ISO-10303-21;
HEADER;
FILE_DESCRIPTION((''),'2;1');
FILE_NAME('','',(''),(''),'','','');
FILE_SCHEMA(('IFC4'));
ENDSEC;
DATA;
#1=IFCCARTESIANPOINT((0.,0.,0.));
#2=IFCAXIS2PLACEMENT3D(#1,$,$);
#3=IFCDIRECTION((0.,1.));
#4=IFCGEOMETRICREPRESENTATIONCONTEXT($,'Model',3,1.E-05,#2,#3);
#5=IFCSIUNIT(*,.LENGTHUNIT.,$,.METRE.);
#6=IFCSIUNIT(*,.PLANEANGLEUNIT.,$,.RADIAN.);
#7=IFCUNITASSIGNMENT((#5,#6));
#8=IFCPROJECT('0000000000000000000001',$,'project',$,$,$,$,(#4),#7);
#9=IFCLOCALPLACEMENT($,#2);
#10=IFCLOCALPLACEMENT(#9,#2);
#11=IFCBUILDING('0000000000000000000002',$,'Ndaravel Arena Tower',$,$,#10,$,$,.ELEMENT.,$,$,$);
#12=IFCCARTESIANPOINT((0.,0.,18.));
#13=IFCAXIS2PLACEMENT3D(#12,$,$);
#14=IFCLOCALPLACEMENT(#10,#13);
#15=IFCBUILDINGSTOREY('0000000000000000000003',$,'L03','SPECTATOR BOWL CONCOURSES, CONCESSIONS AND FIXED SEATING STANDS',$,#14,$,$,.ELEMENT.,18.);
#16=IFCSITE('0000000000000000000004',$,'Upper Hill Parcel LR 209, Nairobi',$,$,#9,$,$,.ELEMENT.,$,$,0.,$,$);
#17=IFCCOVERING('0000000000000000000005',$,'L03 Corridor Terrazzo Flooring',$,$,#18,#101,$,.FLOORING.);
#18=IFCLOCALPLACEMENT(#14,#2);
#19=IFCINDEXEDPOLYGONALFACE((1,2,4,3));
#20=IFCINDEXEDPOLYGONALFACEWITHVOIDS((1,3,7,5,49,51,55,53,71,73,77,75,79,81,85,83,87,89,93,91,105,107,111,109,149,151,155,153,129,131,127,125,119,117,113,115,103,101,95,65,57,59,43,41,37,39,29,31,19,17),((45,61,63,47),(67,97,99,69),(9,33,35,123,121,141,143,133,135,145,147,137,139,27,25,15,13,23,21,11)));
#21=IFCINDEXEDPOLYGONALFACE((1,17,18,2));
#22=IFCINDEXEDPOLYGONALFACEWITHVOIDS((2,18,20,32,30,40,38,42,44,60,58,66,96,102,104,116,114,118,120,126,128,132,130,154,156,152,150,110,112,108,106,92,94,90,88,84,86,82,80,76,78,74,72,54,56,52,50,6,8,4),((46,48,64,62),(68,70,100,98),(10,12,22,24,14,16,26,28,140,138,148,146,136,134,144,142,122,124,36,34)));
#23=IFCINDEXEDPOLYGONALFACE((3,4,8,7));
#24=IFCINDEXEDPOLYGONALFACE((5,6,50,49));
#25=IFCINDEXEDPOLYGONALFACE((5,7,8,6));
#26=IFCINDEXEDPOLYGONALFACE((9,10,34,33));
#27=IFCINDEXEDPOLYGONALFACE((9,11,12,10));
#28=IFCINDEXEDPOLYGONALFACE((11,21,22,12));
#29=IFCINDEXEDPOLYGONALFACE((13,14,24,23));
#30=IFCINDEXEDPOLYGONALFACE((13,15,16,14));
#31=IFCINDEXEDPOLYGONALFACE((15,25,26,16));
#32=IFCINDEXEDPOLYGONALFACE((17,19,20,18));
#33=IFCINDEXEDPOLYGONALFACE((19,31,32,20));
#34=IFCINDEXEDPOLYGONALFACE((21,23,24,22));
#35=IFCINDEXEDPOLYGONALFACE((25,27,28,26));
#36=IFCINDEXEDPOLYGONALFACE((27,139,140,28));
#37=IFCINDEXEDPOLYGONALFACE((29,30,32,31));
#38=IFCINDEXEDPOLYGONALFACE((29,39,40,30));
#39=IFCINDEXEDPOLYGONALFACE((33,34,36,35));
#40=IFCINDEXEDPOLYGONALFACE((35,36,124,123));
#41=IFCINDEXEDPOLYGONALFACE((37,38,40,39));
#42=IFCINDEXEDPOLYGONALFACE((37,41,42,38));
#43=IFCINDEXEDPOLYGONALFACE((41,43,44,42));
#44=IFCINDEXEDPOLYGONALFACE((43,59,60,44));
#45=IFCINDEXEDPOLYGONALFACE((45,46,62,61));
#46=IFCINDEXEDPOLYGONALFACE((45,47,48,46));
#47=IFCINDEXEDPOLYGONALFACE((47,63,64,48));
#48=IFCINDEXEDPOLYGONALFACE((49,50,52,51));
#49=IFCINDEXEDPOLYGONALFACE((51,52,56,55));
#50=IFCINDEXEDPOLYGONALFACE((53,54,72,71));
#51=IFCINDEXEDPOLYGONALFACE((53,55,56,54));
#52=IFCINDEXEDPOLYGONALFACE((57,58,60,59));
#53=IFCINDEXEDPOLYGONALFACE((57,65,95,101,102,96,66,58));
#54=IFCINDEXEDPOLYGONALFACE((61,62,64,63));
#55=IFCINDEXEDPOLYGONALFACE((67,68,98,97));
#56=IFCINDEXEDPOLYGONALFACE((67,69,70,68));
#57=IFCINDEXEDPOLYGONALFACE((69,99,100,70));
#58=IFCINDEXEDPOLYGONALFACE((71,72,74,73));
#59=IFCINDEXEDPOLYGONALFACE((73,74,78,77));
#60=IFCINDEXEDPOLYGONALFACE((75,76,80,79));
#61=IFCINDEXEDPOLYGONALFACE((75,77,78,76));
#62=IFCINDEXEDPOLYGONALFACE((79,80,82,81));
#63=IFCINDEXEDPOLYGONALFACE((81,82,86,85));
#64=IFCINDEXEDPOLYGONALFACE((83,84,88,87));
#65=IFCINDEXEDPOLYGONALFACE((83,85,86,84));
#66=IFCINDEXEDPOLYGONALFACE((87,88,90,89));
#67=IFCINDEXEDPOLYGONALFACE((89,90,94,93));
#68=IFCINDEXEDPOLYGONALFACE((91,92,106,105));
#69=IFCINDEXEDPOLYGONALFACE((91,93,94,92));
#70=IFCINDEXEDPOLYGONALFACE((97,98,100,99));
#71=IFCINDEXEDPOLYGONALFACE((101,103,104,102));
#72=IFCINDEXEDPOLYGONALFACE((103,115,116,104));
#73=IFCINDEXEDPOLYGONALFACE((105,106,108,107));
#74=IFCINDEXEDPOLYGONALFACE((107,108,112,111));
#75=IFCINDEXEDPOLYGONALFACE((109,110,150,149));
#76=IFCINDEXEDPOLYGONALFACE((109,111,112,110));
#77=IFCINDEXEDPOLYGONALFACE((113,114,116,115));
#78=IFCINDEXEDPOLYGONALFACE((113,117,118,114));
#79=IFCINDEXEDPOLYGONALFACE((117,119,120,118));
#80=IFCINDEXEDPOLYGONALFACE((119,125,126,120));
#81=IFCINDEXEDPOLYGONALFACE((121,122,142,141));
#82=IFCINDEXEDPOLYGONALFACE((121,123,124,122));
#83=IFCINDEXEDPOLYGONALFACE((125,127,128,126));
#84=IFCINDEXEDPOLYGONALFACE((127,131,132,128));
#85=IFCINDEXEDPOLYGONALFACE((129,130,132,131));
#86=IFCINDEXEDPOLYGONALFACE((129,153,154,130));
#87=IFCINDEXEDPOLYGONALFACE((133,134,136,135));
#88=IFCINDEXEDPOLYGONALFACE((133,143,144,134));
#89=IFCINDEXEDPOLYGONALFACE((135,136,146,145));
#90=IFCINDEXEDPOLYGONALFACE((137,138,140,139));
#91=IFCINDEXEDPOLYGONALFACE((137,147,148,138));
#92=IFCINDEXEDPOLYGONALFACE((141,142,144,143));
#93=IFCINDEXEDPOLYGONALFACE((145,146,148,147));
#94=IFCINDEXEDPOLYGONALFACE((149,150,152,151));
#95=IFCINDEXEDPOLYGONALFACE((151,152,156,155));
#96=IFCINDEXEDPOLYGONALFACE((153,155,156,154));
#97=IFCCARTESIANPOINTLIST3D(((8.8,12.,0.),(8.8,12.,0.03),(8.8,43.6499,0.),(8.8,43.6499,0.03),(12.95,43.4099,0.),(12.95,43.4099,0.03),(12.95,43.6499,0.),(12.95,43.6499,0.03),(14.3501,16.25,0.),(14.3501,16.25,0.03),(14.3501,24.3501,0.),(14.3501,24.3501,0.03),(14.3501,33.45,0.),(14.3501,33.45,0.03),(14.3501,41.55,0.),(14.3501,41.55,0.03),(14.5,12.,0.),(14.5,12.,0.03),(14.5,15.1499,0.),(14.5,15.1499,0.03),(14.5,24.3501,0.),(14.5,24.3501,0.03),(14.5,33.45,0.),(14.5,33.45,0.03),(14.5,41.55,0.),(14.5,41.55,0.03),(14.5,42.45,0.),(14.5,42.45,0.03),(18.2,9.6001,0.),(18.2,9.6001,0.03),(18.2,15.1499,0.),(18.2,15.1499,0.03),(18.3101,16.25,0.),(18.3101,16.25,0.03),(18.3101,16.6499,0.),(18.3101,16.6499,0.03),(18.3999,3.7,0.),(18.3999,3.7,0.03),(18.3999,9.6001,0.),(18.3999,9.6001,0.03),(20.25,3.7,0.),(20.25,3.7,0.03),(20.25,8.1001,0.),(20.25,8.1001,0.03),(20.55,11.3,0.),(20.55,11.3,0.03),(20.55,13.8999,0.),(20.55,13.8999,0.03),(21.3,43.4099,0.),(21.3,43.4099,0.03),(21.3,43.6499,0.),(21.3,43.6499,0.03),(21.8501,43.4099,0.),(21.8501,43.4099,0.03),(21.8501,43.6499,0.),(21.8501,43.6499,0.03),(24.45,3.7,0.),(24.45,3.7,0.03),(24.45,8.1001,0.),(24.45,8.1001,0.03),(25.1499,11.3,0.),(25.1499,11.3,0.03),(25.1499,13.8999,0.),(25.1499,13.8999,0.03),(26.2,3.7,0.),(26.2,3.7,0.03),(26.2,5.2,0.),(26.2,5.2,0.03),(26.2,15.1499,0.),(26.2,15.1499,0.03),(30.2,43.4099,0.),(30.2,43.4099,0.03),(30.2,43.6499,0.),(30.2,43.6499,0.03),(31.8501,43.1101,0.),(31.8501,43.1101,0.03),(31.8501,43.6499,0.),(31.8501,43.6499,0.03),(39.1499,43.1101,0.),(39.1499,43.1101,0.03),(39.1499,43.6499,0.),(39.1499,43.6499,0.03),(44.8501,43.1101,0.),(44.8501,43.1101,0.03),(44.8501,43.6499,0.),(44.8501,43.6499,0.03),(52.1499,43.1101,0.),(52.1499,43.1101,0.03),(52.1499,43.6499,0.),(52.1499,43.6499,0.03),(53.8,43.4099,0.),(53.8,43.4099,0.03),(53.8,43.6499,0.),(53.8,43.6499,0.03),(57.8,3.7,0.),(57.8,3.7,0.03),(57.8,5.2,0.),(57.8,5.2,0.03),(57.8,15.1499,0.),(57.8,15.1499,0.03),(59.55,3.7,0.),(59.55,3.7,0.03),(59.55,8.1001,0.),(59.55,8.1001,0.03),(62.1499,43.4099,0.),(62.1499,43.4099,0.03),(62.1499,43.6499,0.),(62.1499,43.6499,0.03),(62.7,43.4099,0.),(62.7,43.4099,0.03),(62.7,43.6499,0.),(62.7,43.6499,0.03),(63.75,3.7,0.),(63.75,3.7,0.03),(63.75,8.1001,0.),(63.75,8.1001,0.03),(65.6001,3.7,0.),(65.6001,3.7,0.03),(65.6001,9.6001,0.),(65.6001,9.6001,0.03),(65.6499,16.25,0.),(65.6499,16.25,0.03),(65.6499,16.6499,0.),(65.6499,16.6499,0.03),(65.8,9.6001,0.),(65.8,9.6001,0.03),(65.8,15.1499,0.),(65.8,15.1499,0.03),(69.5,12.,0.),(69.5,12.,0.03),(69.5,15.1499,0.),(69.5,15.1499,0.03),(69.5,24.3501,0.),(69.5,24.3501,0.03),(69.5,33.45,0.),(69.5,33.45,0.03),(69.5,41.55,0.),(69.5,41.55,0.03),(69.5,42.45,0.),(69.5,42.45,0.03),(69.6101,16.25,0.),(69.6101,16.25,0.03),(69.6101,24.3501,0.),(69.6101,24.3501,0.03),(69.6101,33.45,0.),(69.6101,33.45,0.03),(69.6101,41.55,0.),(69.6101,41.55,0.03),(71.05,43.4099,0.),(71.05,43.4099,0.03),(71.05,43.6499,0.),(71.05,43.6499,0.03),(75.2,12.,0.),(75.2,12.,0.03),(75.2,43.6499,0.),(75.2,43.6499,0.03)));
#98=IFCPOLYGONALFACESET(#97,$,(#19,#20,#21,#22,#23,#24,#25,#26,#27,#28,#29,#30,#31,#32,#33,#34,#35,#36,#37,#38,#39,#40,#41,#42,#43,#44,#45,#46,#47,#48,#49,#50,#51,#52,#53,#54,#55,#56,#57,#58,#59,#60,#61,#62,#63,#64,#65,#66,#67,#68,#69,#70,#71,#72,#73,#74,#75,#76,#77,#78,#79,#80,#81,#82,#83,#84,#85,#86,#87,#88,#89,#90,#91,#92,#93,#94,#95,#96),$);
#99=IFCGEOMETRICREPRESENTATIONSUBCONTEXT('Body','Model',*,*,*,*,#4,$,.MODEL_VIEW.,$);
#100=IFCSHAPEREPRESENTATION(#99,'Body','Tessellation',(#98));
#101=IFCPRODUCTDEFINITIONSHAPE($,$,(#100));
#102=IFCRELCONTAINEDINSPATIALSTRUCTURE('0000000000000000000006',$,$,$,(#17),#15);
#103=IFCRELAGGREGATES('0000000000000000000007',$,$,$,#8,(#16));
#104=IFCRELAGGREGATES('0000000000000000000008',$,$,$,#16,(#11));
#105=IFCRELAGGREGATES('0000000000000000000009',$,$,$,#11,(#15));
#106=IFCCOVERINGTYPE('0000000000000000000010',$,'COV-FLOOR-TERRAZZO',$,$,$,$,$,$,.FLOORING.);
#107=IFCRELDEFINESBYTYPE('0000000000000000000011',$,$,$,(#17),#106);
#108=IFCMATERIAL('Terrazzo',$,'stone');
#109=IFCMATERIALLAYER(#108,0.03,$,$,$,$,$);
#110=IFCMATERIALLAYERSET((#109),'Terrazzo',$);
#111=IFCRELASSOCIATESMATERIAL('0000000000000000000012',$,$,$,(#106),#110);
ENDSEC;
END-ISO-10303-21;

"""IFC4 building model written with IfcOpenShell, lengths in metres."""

from ifc_helpers import new_model, si_unit, direction, frame, origin, place, context, subcontext, project, spatial, polyline, outline, extrude, material, layer, layer_set, type_object, element, save


model = new_model("IFC4")

# Units and contexts
model_context = context("Model", 3, precision=1e-05, world=origin(), true_north=direction((0.0, 1.0)))
body_context = subcontext(model_context, "Body", "Model", "MODEL_VIEW")
ifc_project = project(units=[si_unit("LENGTHUNIT", "METRE"), si_unit("PLANEANGLEUNIT", "RADIAN")], contexts=[model_context])

# Site, building, storey
site_placement = place(None, origin())
site = spatial("IfcSite", under=ifc_project, at=site_placement, Name="Upper Hill Parcel LR 209, Nairobi", CompositionType="ELEMENT", RefElevation=0.0)
building_placement = place(site_placement, origin())
building = spatial("IfcBuilding", under=site, at=building_placement, Name="Ndaravel Arena Tower", CompositionType="ELEMENT")
storey_placement = place(building_placement, frame((0.0, 0.0, 18.0)))
storey = spatial("IfcBuildingStorey", under=building, at=storey_placement, Name="L03", Description="SPECTATOR BOWL CONCOURSES, CONCESSIONS AND FIXED SEATING STANDS", CompositionType="ELEMENT", Elevation=18.0)

# Covering
ifc_material_1 = material(Name="Terrazzo", Category="stone")
ifc_layer_1 = layer(ifc_material_1, 0.03)
ifc_layer_set_1 = layer_set([ifc_layer_1], Name="Terrazzo")
covering_type_1 = type_object("IfcCoveringType", Name="COV-FLOOR-TERRAZZO", PredefinedType="FLOORING", material=ifc_layer_set_1)
covering_1_placement = place(storey_placement, origin())
element("IfcCovering", 1, at=covering_1_placement, inside=storey, type_object=covering_type_1, Name="L03 Corridor Terrazzo Flooring", PredefinedType="FLOORING", context=body_context, shape_type="SweptSolid", body=[
    extrude(outline(polyline([(59.55, 3.7), (59.55, 8.1001), (63.75, 8.1001), (63.75, 3.7), (65.6001, 3.7), (65.6001, 9.6001), (65.8, 9.6001), (65.8, 15.1499), (69.5, 15.1499), (69.5, 12.0), (75.2, 12.0), (75.2, 43.6499), (71.05, 43.6499), (71.05, 43.4099), (62.7, 43.4099), (62.7, 43.6499), (62.1499, 43.6499), (62.1499, 43.4099), (53.8, 43.4099), (53.8, 43.6499), (52.1499, 43.6499), (52.1499, 43.1101), (44.8501, 43.1101), (44.8501, 43.6499), (39.1499, 43.6499), (39.1499, 43.1101), (31.8501, 43.1101), (31.8501, 43.6499), (30.2, 43.6499), (30.2, 43.4099), (21.8501, 43.4099), (21.8501, 43.6499), (21.3, 43.6499), (21.3, 43.4099), (12.95, 43.4099), (12.95, 43.6499), (8.8, 43.6499), (8.8, 12.0), (14.5, 12.0), (14.5, 15.1499), (18.2, 15.1499), (18.2, 9.6001), (18.3999, 9.6001), (18.3999, 3.7), (20.25, 3.7), (20.25, 8.1001), (24.45, 8.1001), (24.45, 3.7), (26.2, 3.7), (57.8, 3.7), (59.55, 3.7)]), holes=[polyline([(69.5, 42.45), (69.5, 41.55), (69.6101, 41.55), (69.6101, 33.45), (69.5, 33.45), (69.5, 24.3501), (69.6101, 24.3501), (69.6101, 16.25), (65.6499, 16.25), (65.6499, 16.6499), (18.3101, 16.6499), (18.3101, 16.25), (14.3501, 16.25), (14.3501, 24.3501), (14.5, 24.3501), (14.5, 33.45), (14.3501, 33.45), (14.3501, 41.55), (14.5, 41.55), (14.5, 42.45), (69.5, 42.45)]), polyline([(26.2, 15.1499), (57.8, 15.1499), (57.8, 5.2), (26.2, 5.2), (26.2, 15.1499)]), polyline([(25.1499, 13.8999), (25.1499, 11.3), (20.55, 11.3), (20.55, 13.8999), (25.1499, 13.8999)])]), origin(), (0.0, 0.0, 1.0), 0.03),
])

save(model, "model.ifc")
